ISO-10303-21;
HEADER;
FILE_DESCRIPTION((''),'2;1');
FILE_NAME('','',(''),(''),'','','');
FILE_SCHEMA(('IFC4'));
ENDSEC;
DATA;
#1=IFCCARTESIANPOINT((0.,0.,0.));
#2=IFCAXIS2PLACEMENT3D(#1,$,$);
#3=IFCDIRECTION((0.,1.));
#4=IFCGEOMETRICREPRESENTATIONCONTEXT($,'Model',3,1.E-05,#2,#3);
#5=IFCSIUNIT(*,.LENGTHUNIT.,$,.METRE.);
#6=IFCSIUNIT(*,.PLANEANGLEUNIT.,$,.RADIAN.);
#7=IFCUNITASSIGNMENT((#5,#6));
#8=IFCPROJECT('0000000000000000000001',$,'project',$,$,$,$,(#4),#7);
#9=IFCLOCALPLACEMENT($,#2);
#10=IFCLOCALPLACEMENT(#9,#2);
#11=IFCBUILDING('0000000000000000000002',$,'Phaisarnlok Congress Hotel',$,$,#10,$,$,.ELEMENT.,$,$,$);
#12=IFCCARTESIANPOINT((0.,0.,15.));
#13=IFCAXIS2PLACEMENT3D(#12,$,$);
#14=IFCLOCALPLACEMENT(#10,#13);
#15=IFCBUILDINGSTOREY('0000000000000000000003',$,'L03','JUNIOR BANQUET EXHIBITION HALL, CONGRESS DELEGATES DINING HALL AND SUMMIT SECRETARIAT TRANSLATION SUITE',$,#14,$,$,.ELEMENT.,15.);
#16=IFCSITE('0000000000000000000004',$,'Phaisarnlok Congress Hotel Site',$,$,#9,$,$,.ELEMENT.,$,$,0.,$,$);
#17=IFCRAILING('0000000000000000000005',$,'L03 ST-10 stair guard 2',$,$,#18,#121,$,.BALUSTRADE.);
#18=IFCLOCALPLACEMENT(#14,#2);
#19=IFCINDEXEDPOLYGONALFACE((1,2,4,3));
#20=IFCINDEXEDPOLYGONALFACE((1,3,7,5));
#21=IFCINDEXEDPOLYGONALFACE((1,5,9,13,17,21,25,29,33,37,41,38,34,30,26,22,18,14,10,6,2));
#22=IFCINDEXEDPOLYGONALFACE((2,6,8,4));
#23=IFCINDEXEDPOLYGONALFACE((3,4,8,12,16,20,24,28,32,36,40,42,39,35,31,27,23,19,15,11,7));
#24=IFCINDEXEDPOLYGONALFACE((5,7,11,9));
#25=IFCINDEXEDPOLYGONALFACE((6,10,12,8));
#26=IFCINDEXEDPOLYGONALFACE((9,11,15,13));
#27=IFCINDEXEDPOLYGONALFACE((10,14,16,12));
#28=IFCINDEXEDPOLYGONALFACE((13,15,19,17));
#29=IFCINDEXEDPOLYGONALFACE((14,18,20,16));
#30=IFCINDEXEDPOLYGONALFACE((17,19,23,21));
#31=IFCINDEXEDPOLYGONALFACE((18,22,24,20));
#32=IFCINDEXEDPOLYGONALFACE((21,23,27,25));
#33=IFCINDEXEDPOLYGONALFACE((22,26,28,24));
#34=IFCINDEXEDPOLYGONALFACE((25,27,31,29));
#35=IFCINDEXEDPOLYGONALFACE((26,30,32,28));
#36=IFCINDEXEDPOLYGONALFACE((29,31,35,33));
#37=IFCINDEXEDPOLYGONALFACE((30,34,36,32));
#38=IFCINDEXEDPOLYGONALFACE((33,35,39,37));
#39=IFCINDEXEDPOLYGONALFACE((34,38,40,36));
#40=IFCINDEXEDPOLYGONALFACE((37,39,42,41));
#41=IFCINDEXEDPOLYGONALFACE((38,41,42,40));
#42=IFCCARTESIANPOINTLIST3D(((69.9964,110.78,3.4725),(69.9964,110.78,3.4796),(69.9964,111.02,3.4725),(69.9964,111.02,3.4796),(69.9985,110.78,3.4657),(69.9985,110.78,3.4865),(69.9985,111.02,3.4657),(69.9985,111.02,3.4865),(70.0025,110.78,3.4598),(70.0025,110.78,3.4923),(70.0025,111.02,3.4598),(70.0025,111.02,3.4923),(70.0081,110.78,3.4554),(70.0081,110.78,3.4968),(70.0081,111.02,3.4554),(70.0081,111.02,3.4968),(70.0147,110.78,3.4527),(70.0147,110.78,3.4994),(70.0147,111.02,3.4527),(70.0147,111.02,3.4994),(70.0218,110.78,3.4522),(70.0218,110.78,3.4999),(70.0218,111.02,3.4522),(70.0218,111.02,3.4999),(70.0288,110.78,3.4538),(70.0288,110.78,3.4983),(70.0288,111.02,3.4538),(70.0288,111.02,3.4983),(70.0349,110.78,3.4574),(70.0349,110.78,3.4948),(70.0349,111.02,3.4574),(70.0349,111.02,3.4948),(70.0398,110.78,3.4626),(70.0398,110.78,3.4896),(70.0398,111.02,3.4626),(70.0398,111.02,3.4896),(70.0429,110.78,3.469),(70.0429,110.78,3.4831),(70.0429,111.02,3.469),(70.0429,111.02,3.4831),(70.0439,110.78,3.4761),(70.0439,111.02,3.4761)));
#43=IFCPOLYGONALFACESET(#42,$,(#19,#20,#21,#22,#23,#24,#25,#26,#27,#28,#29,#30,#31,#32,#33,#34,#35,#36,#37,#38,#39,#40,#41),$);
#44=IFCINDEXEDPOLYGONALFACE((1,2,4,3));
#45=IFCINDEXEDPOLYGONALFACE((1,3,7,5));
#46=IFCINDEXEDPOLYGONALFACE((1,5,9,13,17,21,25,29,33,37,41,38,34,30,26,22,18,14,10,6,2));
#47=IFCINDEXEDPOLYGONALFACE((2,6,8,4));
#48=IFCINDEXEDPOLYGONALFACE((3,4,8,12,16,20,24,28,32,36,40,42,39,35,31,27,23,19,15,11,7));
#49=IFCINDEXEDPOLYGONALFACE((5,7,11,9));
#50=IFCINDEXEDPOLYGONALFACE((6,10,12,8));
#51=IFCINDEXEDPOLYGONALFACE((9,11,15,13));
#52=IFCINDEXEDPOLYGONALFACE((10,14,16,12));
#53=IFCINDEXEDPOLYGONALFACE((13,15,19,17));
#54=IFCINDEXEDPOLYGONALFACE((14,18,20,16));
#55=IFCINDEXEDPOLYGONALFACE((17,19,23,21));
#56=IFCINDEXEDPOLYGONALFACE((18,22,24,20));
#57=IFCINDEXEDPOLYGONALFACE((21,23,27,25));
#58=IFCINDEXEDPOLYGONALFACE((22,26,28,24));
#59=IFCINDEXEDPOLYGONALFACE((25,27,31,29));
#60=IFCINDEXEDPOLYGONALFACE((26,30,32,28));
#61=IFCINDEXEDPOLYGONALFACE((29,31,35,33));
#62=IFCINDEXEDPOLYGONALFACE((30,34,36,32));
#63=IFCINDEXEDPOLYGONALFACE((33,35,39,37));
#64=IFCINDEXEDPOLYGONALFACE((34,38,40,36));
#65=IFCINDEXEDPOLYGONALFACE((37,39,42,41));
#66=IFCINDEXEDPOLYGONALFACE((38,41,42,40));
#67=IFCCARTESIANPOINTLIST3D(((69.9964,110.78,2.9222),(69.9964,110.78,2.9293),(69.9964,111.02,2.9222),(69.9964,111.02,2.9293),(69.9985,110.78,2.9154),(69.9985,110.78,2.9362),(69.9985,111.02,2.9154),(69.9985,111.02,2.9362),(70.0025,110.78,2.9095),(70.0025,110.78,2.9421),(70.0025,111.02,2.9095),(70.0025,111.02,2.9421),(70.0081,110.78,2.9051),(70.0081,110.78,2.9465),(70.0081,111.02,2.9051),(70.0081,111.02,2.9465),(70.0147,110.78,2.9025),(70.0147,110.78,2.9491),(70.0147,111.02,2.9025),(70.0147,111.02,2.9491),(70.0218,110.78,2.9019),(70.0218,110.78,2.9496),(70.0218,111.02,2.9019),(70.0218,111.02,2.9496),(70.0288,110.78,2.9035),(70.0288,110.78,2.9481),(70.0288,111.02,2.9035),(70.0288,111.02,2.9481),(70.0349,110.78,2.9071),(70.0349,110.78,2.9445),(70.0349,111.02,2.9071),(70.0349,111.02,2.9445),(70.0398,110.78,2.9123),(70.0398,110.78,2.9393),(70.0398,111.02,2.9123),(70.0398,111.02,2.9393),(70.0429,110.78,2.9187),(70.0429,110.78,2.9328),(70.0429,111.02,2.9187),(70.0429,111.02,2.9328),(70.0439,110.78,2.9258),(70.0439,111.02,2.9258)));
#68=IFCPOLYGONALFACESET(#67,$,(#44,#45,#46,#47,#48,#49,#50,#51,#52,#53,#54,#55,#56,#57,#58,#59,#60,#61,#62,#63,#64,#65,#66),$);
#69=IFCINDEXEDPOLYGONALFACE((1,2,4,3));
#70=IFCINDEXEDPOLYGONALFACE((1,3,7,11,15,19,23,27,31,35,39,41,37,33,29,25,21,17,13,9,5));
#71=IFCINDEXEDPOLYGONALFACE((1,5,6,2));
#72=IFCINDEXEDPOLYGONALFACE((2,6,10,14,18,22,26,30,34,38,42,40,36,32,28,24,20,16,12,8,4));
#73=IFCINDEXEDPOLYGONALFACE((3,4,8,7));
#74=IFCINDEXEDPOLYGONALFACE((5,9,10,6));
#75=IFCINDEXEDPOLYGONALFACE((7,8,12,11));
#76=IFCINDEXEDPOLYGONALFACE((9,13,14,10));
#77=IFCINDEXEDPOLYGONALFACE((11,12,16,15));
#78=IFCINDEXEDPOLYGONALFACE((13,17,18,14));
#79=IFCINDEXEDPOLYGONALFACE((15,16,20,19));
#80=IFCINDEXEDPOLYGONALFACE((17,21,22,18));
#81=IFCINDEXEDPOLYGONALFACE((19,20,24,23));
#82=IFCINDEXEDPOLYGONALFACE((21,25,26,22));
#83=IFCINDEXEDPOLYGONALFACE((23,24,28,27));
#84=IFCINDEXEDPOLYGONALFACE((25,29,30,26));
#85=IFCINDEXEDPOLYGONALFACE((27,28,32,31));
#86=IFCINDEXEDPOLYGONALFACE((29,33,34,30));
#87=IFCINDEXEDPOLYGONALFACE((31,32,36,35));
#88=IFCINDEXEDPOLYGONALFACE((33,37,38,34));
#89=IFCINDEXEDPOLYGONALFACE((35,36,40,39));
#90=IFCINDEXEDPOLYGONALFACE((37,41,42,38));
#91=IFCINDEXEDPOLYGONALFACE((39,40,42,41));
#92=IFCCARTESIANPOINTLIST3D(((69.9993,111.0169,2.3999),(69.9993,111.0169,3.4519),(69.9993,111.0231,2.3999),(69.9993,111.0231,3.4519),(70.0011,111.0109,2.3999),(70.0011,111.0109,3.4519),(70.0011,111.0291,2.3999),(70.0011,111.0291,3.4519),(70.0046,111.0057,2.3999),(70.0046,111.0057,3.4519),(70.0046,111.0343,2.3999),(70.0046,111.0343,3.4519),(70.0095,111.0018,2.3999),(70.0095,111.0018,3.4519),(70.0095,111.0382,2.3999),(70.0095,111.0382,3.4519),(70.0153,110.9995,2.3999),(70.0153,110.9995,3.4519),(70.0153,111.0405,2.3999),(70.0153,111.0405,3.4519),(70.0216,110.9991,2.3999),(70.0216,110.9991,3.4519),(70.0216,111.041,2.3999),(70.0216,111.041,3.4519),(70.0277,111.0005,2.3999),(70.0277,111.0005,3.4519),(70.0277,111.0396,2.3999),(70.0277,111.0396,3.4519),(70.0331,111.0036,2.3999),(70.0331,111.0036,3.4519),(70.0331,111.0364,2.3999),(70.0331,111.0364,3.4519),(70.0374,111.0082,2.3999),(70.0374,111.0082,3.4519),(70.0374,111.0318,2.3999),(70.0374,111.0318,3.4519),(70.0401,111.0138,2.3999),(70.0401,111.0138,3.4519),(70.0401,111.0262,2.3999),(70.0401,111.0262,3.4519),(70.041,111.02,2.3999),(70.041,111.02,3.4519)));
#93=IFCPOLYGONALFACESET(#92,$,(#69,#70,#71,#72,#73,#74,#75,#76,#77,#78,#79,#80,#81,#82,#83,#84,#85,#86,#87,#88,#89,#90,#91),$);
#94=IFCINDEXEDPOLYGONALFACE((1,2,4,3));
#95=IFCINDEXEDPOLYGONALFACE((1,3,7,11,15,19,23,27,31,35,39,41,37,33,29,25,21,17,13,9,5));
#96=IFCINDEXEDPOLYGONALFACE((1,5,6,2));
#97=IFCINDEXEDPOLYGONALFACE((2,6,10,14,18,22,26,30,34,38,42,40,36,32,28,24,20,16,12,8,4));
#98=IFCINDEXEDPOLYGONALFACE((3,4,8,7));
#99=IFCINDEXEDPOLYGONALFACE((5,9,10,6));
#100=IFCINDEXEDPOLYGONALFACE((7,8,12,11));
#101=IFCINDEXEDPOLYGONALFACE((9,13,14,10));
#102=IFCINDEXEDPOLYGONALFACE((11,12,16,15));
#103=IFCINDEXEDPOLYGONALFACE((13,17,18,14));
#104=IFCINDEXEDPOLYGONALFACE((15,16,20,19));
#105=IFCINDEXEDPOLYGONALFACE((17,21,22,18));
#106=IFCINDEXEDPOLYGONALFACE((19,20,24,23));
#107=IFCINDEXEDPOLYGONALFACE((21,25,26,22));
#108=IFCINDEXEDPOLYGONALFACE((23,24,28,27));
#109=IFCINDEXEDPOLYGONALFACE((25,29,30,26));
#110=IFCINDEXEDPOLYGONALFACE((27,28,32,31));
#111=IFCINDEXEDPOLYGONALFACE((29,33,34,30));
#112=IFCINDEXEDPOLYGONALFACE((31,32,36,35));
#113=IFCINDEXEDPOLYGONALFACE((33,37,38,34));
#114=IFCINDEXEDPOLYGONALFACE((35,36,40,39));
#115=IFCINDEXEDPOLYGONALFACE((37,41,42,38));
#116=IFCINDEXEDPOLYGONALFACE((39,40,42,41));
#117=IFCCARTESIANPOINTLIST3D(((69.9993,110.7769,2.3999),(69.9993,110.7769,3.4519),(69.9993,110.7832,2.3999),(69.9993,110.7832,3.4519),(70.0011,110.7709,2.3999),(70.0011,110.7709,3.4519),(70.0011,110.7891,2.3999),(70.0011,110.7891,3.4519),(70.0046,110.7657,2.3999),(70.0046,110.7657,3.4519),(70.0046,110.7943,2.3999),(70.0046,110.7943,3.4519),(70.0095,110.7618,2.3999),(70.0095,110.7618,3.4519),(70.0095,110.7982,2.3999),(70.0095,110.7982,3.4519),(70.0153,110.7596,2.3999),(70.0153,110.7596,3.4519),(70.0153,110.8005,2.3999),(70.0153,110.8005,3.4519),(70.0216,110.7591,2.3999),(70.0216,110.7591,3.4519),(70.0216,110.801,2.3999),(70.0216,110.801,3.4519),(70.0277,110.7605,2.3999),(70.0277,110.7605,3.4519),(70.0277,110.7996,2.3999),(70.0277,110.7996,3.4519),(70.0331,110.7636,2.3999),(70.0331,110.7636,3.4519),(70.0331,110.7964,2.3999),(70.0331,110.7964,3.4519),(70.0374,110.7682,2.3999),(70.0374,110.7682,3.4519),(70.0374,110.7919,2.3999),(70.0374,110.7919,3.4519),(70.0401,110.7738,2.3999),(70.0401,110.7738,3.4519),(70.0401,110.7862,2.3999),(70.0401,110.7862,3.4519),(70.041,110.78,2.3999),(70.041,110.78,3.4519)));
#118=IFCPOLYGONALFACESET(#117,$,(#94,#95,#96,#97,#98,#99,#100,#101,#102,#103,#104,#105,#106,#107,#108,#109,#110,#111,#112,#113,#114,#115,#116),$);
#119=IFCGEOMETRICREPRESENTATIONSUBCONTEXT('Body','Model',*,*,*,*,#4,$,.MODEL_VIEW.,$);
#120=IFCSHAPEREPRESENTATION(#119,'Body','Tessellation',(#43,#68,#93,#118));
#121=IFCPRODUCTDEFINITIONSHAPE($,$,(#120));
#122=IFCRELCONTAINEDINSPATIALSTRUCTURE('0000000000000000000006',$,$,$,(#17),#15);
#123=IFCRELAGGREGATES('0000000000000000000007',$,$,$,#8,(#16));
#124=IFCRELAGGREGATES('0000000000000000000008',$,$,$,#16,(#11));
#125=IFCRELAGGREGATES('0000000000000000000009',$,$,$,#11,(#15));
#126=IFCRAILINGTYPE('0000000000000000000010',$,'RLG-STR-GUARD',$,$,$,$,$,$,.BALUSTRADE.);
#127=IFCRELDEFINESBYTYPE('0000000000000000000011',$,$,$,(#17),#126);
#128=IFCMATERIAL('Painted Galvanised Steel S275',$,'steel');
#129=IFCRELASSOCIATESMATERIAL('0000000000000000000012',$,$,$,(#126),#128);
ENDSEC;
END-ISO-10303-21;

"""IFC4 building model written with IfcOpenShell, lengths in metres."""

from ifc_helpers import new_model, si_unit, direction, frame, origin, origin_2d, place, context, subcontext, project, spatial, circle, extrude, material, type_object, element, save


model = new_model("IFC4")

# Units and contexts
model_context = context("Model", 3, precision=1e-05, world=origin(), true_north=direction((0.0, 1.0)))
body_context = subcontext(model_context, "Body", "Model", "MODEL_VIEW")
ifc_project = project(units=[si_unit("LENGTHUNIT", "METRE"), si_unit("PLANEANGLEUNIT", "RADIAN")], contexts=[model_context])

# Site, building, storey
site_placement = place(None, origin())
site = spatial("IfcSite", under=ifc_project, at=site_placement, Name="Phaisarnlok Congress Hotel Site", CompositionType="ELEMENT", RefElevation=0.0)
building_placement = place(site_placement, origin())
building = spatial("IfcBuilding", under=site, at=building_placement, Name="Phaisarnlok Congress Hotel", CompositionType="ELEMENT")
storey_placement = place(building_placement, frame((0.0, 0.0, 15.0)))
storey = spatial("IfcBuildingStorey", under=building, at=storey_placement, Name="L03", Description="JUNIOR BANQUET EXHIBITION HALL, CONGRESS DELEGATES DINING HALL AND SUMMIT SECRETARIAT TRANSLATION SUITE", CompositionType="ELEMENT", Elevation=15.0)

# Railing
ifc_material_1 = material(Name="Painted Galvanised Steel S275", Category="steel")
railing_type_1 = type_object("IfcRailingType", Name="RLG-STR-GUARD", PredefinedType="BALUSTRADE", material=ifc_material_1)
railing_1_placement = place(storey_placement, frame((70.02, 111.02, 2.3999)))
element("IfcRailing", 1, at=railing_1_placement, inside=storey, type_object=railing_type_1, Name="L03 ST-10 stair guard 2", PredefinedType="BALUSTRADE", context=body_context, shape_type="SweptSolid", body=[
    extrude(circle(Radius=0.0239, at=origin_2d()), frame((0.0, 0.0, 1.0762), z_axis=(0.0, -1.0, 0.0), x_axis=(1.0, 0.0, 0.0)), (0.0, 0.0, 1.0), 0.24),
    extrude(circle(Radius=0.0239, at=origin_2d()), frame((0.0, 0.0, 0.5259), z_axis=(0.0, -1.0, 0.0), x_axis=(1.0, 0.0, 0.0)), (0.0, 0.0, 1.0), 0.24),
    extrude(circle(Radius=0.021, at=origin_2d()), origin(), (0.0, 0.0, 1.0), 1.052),
    extrude(circle(Radius=0.021, at=origin_2d()), frame((0.0, -0.24, 0.0)), (0.0, 0.0, 1.0), 1.052),
])

save(model, "model.ifc")
